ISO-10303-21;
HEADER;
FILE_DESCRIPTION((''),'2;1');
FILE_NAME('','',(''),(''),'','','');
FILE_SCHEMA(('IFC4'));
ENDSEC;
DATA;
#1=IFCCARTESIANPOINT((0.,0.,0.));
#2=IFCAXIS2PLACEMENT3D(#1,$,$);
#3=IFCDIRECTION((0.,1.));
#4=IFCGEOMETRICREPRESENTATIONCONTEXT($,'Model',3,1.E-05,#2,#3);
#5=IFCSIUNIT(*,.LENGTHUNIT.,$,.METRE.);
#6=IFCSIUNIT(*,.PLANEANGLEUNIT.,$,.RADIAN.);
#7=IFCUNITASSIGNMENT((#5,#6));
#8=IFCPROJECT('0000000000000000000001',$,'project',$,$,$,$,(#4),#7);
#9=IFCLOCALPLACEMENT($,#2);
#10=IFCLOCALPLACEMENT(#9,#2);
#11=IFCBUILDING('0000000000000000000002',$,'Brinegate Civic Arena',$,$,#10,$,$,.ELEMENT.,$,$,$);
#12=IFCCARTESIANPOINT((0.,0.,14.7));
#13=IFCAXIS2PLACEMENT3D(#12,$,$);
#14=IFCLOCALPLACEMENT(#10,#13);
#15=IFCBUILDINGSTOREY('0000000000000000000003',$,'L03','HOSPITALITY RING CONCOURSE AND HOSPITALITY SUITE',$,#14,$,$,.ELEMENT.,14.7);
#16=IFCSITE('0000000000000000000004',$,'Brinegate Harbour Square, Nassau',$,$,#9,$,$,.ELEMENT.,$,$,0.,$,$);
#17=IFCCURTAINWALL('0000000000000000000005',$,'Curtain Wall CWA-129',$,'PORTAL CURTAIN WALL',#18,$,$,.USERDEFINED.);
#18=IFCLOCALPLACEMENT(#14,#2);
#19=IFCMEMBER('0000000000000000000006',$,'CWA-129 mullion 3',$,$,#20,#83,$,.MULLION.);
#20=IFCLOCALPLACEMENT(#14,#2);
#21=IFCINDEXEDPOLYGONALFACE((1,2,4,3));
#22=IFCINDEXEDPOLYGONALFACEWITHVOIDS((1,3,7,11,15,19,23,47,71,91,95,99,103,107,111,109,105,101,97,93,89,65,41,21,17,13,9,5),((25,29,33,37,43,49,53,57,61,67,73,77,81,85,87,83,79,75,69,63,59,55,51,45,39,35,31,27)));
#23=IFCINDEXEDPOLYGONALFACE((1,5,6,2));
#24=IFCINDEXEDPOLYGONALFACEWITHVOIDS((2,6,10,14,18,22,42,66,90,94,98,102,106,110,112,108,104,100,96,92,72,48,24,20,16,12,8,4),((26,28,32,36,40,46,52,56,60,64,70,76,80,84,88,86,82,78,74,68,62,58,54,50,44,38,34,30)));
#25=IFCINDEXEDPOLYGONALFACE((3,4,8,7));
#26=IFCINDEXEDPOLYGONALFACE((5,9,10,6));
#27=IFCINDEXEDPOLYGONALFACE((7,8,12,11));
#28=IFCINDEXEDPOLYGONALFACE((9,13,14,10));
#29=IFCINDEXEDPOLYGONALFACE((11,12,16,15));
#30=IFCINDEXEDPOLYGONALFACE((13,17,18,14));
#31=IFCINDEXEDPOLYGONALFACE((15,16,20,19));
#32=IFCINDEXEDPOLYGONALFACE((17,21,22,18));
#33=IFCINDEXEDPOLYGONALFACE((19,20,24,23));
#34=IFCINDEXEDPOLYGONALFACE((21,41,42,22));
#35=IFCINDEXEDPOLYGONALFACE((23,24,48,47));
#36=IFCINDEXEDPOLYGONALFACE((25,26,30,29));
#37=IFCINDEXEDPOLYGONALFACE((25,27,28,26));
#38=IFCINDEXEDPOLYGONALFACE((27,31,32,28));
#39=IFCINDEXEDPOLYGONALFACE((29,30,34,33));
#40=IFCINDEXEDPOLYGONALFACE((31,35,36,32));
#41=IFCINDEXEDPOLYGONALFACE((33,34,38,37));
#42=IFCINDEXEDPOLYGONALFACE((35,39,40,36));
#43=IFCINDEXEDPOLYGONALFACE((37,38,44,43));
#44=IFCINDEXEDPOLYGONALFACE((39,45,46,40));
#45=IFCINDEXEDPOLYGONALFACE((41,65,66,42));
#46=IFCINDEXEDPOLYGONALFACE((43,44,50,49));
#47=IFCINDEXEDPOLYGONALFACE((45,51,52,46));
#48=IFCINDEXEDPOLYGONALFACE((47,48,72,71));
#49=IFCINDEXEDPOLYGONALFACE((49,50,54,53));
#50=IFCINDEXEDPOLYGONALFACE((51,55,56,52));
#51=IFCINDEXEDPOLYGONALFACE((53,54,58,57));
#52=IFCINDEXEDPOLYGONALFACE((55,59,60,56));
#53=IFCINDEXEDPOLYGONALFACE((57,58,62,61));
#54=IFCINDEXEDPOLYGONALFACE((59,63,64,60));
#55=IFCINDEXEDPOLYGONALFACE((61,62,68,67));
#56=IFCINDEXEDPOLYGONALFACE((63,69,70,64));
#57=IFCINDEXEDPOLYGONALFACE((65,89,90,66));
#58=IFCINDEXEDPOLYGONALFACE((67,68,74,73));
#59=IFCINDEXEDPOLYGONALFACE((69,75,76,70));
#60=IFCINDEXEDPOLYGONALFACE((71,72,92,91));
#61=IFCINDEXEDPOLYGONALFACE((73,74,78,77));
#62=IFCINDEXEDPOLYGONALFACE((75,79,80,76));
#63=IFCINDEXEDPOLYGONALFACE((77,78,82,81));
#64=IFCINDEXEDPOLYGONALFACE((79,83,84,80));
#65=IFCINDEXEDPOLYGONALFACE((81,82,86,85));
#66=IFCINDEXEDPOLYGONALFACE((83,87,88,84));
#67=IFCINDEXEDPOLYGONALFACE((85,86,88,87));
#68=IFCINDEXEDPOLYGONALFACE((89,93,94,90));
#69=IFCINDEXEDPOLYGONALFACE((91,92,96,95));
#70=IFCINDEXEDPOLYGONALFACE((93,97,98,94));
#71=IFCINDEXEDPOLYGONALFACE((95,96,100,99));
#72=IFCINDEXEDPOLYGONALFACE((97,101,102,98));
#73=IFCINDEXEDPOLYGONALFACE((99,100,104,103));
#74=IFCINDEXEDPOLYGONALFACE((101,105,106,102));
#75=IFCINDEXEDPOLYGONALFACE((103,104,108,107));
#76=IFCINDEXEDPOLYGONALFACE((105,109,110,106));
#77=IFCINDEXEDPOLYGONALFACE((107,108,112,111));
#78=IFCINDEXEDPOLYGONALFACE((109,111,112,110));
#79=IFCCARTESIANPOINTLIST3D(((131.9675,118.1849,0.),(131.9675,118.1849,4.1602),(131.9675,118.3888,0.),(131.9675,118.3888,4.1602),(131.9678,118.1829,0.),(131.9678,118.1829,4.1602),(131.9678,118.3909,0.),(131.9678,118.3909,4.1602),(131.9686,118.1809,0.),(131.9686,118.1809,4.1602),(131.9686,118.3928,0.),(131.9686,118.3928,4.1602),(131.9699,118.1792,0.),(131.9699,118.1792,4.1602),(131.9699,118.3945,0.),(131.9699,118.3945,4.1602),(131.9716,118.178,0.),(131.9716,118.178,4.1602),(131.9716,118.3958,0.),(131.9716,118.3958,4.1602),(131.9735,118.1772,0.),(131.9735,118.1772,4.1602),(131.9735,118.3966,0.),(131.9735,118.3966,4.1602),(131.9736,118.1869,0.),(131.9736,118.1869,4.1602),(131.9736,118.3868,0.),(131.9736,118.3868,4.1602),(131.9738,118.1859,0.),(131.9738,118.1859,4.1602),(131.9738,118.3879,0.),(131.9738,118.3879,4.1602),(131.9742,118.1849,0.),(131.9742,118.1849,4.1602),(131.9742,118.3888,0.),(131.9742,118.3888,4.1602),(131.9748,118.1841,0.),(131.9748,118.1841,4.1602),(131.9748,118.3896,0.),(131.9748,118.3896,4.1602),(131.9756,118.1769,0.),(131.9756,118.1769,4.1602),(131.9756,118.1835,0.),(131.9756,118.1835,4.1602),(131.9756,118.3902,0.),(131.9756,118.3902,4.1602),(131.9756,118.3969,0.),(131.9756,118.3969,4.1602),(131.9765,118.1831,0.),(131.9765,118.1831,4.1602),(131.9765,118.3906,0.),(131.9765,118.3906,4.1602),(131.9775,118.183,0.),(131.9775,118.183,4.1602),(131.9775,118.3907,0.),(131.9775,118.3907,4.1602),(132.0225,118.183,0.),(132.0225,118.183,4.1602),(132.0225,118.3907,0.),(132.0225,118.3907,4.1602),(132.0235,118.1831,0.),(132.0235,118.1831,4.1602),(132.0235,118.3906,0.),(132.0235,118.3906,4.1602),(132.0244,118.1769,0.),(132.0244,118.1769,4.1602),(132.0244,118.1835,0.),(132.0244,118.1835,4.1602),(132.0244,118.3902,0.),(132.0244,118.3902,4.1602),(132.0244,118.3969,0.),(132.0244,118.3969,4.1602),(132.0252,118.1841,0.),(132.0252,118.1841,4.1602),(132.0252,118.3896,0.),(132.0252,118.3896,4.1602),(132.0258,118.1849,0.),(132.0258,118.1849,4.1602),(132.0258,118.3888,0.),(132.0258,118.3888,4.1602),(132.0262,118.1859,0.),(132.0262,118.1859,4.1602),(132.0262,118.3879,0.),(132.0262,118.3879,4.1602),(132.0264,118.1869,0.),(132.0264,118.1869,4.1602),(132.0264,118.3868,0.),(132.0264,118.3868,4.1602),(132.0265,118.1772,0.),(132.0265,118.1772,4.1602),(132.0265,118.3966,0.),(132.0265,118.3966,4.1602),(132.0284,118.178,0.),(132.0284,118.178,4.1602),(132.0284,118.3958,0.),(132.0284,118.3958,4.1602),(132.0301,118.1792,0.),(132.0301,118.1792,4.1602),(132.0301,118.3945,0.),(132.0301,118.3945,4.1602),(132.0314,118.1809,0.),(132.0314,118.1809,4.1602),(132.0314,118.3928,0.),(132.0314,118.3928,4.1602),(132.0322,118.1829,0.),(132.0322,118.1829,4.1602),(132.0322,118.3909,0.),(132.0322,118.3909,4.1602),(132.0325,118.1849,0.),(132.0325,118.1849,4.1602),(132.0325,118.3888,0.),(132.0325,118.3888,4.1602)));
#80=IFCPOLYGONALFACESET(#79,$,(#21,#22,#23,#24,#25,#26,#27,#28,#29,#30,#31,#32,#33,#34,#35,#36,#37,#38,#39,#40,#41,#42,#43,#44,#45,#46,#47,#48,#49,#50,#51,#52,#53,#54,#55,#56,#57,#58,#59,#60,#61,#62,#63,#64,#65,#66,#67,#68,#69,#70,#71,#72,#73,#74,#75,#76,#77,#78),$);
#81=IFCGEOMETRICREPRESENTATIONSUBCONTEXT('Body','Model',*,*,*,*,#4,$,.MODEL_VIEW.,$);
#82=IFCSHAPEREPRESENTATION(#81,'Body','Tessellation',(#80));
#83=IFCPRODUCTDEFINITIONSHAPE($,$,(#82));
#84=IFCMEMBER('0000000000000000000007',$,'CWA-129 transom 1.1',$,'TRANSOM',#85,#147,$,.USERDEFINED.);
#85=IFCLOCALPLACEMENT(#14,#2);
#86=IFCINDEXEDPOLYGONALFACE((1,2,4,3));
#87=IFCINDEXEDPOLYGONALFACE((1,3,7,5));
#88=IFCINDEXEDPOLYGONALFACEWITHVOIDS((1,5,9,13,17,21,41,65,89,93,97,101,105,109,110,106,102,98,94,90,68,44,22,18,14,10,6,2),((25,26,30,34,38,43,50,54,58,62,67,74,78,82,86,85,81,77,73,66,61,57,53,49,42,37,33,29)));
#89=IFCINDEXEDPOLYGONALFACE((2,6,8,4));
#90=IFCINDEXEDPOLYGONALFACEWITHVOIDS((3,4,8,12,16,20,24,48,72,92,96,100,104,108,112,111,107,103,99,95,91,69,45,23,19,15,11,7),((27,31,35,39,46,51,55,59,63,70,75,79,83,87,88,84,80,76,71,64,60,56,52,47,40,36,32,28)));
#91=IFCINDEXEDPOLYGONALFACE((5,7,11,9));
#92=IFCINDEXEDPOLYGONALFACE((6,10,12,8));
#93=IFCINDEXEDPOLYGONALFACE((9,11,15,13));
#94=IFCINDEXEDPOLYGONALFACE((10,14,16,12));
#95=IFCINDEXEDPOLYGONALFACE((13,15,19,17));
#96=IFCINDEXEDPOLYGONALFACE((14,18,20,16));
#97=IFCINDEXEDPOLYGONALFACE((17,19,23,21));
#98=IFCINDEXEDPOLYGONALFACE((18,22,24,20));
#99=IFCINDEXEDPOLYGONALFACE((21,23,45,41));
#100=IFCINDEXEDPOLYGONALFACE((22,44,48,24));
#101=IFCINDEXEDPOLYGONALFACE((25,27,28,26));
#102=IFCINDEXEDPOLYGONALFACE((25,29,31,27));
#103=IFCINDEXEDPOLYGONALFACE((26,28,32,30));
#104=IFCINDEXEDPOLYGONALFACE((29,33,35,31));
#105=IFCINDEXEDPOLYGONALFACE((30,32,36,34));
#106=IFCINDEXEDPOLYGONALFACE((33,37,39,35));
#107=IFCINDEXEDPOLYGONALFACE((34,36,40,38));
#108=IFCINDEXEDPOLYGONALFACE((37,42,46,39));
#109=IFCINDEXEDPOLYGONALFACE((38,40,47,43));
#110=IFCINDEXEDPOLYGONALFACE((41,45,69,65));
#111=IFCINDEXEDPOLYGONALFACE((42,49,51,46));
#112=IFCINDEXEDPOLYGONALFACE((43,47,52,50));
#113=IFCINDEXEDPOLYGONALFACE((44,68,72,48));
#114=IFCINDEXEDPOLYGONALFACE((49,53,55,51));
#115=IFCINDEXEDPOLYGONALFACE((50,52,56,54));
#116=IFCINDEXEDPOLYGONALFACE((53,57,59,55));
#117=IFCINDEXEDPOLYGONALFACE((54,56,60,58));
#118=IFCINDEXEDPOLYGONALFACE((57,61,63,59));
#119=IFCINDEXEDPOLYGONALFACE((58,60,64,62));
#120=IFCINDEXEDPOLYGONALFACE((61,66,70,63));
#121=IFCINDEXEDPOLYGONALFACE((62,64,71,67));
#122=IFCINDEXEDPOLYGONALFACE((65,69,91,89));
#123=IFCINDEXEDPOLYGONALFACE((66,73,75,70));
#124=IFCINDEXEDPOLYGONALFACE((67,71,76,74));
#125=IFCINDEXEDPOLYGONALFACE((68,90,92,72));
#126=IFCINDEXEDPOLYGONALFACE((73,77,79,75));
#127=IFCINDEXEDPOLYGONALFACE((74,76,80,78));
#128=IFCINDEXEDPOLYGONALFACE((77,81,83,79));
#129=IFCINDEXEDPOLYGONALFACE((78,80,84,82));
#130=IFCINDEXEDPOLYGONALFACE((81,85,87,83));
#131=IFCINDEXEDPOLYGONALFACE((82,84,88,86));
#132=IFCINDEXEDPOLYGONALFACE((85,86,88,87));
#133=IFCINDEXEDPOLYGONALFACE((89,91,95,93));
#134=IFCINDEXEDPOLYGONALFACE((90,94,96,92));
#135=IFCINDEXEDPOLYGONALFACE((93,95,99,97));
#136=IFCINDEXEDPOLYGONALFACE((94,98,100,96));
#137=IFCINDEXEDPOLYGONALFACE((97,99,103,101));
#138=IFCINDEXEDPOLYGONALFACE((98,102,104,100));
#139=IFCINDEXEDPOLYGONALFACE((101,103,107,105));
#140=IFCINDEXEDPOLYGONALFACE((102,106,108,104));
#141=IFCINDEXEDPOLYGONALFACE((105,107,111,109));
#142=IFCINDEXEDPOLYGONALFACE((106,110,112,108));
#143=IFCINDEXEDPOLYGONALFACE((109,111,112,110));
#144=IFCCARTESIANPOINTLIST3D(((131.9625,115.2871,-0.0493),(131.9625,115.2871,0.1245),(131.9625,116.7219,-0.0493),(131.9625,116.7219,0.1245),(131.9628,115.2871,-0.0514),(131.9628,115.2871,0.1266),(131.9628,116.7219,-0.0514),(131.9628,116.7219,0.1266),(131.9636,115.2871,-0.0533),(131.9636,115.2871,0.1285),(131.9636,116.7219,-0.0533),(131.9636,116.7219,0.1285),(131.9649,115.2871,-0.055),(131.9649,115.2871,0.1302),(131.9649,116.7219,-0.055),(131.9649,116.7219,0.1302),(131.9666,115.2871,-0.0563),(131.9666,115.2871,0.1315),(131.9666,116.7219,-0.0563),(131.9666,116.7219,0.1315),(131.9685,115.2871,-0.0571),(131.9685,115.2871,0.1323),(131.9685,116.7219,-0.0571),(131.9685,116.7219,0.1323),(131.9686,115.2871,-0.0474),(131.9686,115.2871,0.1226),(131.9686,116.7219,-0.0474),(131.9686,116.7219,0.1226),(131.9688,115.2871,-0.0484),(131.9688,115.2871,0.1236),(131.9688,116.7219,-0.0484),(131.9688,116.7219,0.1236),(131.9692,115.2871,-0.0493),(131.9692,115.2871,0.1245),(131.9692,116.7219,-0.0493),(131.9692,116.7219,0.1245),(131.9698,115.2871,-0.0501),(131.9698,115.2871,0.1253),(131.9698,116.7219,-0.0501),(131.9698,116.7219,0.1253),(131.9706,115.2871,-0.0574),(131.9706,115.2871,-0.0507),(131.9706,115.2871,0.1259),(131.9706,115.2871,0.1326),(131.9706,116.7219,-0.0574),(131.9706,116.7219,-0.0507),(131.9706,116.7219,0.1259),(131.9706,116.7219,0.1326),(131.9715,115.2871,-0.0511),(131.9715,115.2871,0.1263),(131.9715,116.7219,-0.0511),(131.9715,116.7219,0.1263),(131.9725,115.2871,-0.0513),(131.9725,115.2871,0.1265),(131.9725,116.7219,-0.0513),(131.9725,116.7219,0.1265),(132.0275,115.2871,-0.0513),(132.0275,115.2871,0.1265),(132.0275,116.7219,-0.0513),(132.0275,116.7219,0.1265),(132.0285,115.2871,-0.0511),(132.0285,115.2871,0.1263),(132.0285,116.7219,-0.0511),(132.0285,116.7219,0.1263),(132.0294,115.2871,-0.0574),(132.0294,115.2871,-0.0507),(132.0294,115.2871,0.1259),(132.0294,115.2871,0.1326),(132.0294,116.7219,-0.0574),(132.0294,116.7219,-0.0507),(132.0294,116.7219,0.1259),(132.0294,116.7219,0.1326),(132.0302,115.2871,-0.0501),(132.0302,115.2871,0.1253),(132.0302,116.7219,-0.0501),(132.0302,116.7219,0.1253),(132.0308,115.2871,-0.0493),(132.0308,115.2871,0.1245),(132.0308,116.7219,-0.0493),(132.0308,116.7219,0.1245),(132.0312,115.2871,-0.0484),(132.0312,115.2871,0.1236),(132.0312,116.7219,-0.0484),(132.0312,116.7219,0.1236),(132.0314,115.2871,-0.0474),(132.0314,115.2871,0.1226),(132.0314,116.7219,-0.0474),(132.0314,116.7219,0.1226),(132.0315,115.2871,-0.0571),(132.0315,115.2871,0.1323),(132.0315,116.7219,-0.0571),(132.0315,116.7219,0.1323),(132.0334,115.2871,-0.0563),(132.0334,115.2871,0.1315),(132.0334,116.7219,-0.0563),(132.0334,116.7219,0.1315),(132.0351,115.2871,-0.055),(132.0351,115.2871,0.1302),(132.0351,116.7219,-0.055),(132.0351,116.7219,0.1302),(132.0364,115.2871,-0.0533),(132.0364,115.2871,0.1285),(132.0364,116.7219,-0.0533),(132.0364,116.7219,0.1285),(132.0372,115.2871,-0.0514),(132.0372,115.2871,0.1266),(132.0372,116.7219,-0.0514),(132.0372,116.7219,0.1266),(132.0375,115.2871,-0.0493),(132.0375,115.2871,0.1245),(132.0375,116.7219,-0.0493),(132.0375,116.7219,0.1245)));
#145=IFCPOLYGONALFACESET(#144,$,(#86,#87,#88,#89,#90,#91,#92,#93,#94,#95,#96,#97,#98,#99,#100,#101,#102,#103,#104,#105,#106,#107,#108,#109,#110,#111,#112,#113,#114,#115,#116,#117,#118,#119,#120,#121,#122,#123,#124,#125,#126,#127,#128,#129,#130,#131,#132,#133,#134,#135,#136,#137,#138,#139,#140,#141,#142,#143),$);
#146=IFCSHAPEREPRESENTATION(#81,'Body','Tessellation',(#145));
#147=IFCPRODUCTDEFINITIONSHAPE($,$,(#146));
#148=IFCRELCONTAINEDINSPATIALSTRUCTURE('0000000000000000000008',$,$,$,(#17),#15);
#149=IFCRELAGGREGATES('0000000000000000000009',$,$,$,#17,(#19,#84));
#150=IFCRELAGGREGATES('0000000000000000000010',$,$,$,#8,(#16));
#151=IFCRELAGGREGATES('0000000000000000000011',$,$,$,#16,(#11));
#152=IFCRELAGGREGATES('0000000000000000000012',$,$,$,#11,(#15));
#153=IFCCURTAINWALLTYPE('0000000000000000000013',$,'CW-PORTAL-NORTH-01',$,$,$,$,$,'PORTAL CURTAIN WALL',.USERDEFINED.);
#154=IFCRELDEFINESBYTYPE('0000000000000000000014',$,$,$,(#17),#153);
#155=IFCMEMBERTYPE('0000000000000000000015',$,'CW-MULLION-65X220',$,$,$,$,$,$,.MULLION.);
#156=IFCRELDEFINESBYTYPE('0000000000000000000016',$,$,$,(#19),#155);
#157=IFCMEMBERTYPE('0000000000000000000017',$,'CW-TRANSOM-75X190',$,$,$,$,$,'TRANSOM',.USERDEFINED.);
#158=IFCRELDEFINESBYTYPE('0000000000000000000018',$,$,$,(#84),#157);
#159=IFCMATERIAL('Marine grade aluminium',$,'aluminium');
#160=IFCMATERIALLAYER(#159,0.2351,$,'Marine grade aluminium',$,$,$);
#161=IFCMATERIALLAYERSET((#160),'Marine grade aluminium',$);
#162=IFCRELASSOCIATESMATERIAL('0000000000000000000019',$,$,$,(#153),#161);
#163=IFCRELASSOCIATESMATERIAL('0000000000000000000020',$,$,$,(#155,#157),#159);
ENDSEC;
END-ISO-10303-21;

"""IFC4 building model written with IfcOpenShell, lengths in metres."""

from ifc_helpers import new_model, si_unit, direction, frame, origin, origin_2d, place, context, subcontext, project, spatial, hollow_rectangle, extrude, material, layer, layer_set, material_profile, profile_set, type_object, element, aggregate, save


model = new_model("IFC4")

# Units and contexts
model_context = context("Model", 3, precision=1e-05, world=origin(), true_north=direction((0.0, 1.0)))
body_context = subcontext(model_context, "Body", "Model", "MODEL_VIEW")
ifc_project = project(units=[si_unit("LENGTHUNIT", "METRE"), si_unit("PLANEANGLEUNIT", "RADIAN")], contexts=[model_context])

# Site, building, storey
site_placement = place(None, origin())
site = spatial("IfcSite", under=ifc_project, at=site_placement, Name="Brinegate Harbour Square, Nassau", CompositionType="ELEMENT", RefElevation=0.0)
building_placement = place(site_placement, origin())
building = spatial("IfcBuilding", under=site, at=building_placement, Name="Brinegate Civic Arena", CompositionType="ELEMENT")
storey_placement = place(building_placement, frame((0.0, 0.0, 14.7)))
storey = spatial("IfcBuildingStorey", under=building, at=storey_placement, Name="L03", Description="HOSPITALITY RING CONCOURSE AND HOSPITALITY SUITE", CompositionType="ELEMENT", Elevation=14.7)

# Curtain wall, members
ifc_material_1 = material(Name="Marine grade aluminium", Category="aluminium")
ifc_layer_1 = layer(ifc_material_1, 0.2351, Name="Marine grade aluminium")
ifc_layer_set_1 = layer_set([ifc_layer_1], Name="Marine grade aluminium")
curtain_wall_type = type_object("IfcCurtainWallType", Name="CW-PORTAL-NORTH-01", ElementType="PORTAL CURTAIN WALL", PredefinedType="USERDEFINED", material=ifc_layer_set_1)
curtain_wall_placement = place(storey_placement, origin())
curtain_wall = element("IfcCurtainWall", 1, at=curtain_wall_placement, inside=storey, type_object=curtain_wall_type, Name="Curtain Wall CWA-129", ObjectType="PORTAL CURTAIN WALL", PredefinedType="USERDEFINED")
ifc_material_profile_1 = material_profile(ifc_material_1, hollow_rectangle(XDim=0.0649, YDim=0.22, WallThickness=0.0061, InnerFilletRadius=0.0039, OuterFilletRadius=0.0081, at=origin_2d()), Name="MUL65X220")
ifc_profile_set_1 = profile_set([ifc_material_profile_1], Name="Marine grade aluminium")
member_type_1 = type_object("IfcMemberType", Name="CW-MULLION-65X220", PredefinedType="MULLION", material=ifc_profile_set_1)
member_1_placement = place(storey_placement, frame((132.0, 118.2869, 0.0), z_axis=(0.0, 0.0, 1.0), x_axis=(-1.0, 0.0, 0.0)))
member_1 = element("IfcMember", 2, at=member_1_placement, type_object=member_type_1, Name="CWA-129 mullion 3", PredefinedType="MULLION", context=body_context, shape_type="SweptSolid", body=[
    extrude(hollow_rectangle(XDim=0.0649, YDim=0.22, WallThickness=0.0061, InnerFilletRadius=0.0039, OuterFilletRadius=0.0081, at=origin_2d()), origin(), (0.0, 0.0, 1.0), 4.1602),
])
ifc_material_profile_2 = material_profile(ifc_material_1, hollow_rectangle(XDim=0.075, YDim=0.1899, WallThickness=0.0061, InnerFilletRadius=0.0039, OuterFilletRadius=0.0081, at=origin_2d()), Name="TRN75X190")
ifc_profile_set_2 = profile_set([ifc_material_profile_2], Name="Marine grade aluminium")
member_type_2 = type_object("IfcMemberType", Name="CW-TRANSOM-75X190", ElementType="TRANSOM", PredefinedType="USERDEFINED", material=ifc_profile_set_2)
member_2_placement = place(storey_placement, frame((132.0, 115.2871, 0.0376), z_axis=(0.0, 1.0, 0.0), x_axis=(-1.0, 0.0, 0.0)))
member_2 = element("IfcMember", 3, at=member_2_placement, type_object=member_type_2, Name="CWA-129 transom 1.1", ObjectType="TRANSOM", PredefinedType="USERDEFINED", context=body_context, shape_type="SweptSolid", body=[
    extrude(hollow_rectangle(XDim=0.075, YDim=0.1899, WallThickness=0.0061, InnerFilletRadius=0.0039, OuterFilletRadius=0.0081, at=origin_2d()), origin(), (0.0, 0.0, 1.0), 1.4348),
])

aggregate(curtain_wall, [member_1, member_2])

save(model, "model.ifc")
